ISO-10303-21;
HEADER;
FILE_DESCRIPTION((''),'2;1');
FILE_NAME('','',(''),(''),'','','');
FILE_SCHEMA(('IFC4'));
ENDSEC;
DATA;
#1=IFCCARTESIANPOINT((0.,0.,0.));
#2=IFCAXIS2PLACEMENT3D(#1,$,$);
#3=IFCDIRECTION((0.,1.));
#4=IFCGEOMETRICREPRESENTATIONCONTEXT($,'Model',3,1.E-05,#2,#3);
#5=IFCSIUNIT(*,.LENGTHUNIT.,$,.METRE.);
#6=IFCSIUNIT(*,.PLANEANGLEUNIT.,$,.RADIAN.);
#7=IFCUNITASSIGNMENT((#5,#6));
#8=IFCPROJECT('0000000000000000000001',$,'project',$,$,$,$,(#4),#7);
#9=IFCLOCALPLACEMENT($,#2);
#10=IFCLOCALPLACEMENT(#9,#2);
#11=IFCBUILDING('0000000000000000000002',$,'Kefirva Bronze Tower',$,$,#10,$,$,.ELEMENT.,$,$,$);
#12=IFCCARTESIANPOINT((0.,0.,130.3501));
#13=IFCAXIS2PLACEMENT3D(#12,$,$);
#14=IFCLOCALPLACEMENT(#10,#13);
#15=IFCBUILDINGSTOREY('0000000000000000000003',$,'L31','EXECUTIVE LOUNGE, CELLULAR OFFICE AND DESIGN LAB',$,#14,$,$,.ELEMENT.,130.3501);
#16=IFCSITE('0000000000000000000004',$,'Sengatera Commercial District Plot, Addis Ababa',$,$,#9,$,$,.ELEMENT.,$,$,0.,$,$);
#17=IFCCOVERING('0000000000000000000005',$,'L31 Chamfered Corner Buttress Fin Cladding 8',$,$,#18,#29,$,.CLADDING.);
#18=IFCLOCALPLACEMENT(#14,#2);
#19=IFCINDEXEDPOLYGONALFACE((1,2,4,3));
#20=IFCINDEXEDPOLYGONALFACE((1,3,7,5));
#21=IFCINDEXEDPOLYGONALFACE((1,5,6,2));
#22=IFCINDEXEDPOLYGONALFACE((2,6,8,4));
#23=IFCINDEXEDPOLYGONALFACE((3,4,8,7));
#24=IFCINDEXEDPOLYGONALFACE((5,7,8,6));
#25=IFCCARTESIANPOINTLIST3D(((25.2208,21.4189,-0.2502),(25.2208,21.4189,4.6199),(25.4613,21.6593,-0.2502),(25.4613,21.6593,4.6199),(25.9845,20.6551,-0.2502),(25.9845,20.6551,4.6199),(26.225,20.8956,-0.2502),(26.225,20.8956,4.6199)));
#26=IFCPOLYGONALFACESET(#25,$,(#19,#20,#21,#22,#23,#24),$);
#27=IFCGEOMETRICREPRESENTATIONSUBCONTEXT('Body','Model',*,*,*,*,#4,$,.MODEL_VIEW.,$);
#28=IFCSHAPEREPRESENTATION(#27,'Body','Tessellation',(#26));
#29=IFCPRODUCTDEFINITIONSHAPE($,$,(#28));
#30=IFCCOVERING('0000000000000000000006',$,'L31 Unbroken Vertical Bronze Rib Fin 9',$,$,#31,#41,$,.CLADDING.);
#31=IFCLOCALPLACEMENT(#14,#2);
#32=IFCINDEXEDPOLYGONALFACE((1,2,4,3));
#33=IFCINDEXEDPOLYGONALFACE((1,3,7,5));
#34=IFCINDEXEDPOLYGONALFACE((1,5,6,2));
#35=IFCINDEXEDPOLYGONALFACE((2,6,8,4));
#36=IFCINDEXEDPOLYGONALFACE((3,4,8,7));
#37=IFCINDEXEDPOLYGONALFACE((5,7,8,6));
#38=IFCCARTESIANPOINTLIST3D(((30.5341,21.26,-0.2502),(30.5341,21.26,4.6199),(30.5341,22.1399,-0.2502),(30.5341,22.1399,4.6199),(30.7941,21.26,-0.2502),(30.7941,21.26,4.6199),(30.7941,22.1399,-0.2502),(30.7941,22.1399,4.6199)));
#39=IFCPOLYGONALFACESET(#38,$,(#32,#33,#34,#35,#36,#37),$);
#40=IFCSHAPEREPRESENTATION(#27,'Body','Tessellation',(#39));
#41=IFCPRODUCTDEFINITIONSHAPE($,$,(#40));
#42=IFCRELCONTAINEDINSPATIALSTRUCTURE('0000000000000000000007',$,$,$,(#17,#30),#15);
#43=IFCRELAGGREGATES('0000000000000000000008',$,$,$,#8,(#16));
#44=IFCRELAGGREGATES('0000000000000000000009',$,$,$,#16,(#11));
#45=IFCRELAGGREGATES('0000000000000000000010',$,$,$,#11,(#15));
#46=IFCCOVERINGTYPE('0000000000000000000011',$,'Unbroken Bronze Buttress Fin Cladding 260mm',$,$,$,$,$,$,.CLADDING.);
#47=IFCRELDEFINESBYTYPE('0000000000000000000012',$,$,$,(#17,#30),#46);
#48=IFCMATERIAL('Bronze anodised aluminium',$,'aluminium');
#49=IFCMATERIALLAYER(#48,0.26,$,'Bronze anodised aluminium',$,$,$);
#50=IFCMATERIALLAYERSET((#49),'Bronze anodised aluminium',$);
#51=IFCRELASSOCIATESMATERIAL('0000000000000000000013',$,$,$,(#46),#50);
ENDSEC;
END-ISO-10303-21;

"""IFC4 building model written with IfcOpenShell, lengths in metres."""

from ifc_helpers import new_model, si_unit, direction, frame, origin, origin_2d, place, context, subcontext, project, spatial, rectangle, extrude, material, layer, layer_set, type_object, element, save


model = new_model("IFC4")

# Units and contexts
model_context = context("Model", 3, precision=1e-05, world=origin(), true_north=direction((0.0, 1.0)))
body_context = subcontext(model_context, "Body", "Model", "MODEL_VIEW")
ifc_project = project(units=[si_unit("LENGTHUNIT", "METRE"), si_unit("PLANEANGLEUNIT", "RADIAN")], contexts=[model_context])

# Site, building, storey
site_placement = place(None, origin())
site = spatial("IfcSite", under=ifc_project, at=site_placement, Name="Sengatera Commercial District Plot, Addis Ababa", CompositionType="ELEMENT", RefElevation=0.0)
building_placement = place(site_placement, origin())
building = spatial("IfcBuilding", under=site, at=building_placement, Name="Kefirva Bronze Tower", CompositionType="ELEMENT")
storey_placement = place(building_placement, frame((0.0, 0.0, 130.3501)))
storey = spatial("IfcBuildingStorey", under=building, at=storey_placement, Name="L31", Description="EXECUTIVE LOUNGE, CELLULAR OFFICE AND DESIGN LAB", CompositionType="ELEMENT", Elevation=130.3501)

# Shared definitions
ifc_material_1 = material(Name="Bronze anodised aluminium", Category="aluminium")

# Coverings
ifc_layer_1 = layer(ifc_material_1, 0.26, Name="Bronze anodised aluminium")
ifc_layer_set_1 = layer_set([ifc_layer_1], Name="Bronze anodised aluminium")
covering_type_1 = type_object("IfcCoveringType", Name="Unbroken Bronze Buttress Fin Cladding 260mm", PredefinedType="CLADDING", material=ifc_layer_set_1)
for number, where, z_axis, x_axis, name in (
    (1, (25.7229, 21.1572, -0.2502), (0.0, 0.0, 1.0), (0.707107, 0.707107, 0.0), "L31 Chamfered Corner Buttress Fin Cladding 8"),
):
    element("IfcCovering", number, at=place(storey_placement, frame(where, z_axis=z_axis, x_axis=x_axis)), inside=storey, type_object=covering_type_1, Name=name, PredefinedType="CLADDING", context=body_context, shape_type="SweptSolid", body=[
        extrude(rectangle(XDim=0.3401, YDim=1.0801, at=origin_2d()), origin(), (0.0, 0.0, 1.0), 4.8701),
    ])
covering_1_placement = place(storey_placement, frame((30.6641, 21.7, -0.2502), z_axis=(0.0, 0.0, 1.0), x_axis=(1.0, 0.0, 0.0)))
element("IfcCovering", 2, at=covering_1_placement, inside=storey, type_object=covering_type_1, Name="L31 Unbroken Vertical Bronze Rib Fin 9", PredefinedType="CLADDING", context=body_context, shape_type="SweptSolid", body=[
    extrude(rectangle(XDim=0.26, YDim=0.8799, at=origin_2d()), origin(), (0.0, 0.0, 1.0), 4.8701),
])

save(model, "model.ifc")
